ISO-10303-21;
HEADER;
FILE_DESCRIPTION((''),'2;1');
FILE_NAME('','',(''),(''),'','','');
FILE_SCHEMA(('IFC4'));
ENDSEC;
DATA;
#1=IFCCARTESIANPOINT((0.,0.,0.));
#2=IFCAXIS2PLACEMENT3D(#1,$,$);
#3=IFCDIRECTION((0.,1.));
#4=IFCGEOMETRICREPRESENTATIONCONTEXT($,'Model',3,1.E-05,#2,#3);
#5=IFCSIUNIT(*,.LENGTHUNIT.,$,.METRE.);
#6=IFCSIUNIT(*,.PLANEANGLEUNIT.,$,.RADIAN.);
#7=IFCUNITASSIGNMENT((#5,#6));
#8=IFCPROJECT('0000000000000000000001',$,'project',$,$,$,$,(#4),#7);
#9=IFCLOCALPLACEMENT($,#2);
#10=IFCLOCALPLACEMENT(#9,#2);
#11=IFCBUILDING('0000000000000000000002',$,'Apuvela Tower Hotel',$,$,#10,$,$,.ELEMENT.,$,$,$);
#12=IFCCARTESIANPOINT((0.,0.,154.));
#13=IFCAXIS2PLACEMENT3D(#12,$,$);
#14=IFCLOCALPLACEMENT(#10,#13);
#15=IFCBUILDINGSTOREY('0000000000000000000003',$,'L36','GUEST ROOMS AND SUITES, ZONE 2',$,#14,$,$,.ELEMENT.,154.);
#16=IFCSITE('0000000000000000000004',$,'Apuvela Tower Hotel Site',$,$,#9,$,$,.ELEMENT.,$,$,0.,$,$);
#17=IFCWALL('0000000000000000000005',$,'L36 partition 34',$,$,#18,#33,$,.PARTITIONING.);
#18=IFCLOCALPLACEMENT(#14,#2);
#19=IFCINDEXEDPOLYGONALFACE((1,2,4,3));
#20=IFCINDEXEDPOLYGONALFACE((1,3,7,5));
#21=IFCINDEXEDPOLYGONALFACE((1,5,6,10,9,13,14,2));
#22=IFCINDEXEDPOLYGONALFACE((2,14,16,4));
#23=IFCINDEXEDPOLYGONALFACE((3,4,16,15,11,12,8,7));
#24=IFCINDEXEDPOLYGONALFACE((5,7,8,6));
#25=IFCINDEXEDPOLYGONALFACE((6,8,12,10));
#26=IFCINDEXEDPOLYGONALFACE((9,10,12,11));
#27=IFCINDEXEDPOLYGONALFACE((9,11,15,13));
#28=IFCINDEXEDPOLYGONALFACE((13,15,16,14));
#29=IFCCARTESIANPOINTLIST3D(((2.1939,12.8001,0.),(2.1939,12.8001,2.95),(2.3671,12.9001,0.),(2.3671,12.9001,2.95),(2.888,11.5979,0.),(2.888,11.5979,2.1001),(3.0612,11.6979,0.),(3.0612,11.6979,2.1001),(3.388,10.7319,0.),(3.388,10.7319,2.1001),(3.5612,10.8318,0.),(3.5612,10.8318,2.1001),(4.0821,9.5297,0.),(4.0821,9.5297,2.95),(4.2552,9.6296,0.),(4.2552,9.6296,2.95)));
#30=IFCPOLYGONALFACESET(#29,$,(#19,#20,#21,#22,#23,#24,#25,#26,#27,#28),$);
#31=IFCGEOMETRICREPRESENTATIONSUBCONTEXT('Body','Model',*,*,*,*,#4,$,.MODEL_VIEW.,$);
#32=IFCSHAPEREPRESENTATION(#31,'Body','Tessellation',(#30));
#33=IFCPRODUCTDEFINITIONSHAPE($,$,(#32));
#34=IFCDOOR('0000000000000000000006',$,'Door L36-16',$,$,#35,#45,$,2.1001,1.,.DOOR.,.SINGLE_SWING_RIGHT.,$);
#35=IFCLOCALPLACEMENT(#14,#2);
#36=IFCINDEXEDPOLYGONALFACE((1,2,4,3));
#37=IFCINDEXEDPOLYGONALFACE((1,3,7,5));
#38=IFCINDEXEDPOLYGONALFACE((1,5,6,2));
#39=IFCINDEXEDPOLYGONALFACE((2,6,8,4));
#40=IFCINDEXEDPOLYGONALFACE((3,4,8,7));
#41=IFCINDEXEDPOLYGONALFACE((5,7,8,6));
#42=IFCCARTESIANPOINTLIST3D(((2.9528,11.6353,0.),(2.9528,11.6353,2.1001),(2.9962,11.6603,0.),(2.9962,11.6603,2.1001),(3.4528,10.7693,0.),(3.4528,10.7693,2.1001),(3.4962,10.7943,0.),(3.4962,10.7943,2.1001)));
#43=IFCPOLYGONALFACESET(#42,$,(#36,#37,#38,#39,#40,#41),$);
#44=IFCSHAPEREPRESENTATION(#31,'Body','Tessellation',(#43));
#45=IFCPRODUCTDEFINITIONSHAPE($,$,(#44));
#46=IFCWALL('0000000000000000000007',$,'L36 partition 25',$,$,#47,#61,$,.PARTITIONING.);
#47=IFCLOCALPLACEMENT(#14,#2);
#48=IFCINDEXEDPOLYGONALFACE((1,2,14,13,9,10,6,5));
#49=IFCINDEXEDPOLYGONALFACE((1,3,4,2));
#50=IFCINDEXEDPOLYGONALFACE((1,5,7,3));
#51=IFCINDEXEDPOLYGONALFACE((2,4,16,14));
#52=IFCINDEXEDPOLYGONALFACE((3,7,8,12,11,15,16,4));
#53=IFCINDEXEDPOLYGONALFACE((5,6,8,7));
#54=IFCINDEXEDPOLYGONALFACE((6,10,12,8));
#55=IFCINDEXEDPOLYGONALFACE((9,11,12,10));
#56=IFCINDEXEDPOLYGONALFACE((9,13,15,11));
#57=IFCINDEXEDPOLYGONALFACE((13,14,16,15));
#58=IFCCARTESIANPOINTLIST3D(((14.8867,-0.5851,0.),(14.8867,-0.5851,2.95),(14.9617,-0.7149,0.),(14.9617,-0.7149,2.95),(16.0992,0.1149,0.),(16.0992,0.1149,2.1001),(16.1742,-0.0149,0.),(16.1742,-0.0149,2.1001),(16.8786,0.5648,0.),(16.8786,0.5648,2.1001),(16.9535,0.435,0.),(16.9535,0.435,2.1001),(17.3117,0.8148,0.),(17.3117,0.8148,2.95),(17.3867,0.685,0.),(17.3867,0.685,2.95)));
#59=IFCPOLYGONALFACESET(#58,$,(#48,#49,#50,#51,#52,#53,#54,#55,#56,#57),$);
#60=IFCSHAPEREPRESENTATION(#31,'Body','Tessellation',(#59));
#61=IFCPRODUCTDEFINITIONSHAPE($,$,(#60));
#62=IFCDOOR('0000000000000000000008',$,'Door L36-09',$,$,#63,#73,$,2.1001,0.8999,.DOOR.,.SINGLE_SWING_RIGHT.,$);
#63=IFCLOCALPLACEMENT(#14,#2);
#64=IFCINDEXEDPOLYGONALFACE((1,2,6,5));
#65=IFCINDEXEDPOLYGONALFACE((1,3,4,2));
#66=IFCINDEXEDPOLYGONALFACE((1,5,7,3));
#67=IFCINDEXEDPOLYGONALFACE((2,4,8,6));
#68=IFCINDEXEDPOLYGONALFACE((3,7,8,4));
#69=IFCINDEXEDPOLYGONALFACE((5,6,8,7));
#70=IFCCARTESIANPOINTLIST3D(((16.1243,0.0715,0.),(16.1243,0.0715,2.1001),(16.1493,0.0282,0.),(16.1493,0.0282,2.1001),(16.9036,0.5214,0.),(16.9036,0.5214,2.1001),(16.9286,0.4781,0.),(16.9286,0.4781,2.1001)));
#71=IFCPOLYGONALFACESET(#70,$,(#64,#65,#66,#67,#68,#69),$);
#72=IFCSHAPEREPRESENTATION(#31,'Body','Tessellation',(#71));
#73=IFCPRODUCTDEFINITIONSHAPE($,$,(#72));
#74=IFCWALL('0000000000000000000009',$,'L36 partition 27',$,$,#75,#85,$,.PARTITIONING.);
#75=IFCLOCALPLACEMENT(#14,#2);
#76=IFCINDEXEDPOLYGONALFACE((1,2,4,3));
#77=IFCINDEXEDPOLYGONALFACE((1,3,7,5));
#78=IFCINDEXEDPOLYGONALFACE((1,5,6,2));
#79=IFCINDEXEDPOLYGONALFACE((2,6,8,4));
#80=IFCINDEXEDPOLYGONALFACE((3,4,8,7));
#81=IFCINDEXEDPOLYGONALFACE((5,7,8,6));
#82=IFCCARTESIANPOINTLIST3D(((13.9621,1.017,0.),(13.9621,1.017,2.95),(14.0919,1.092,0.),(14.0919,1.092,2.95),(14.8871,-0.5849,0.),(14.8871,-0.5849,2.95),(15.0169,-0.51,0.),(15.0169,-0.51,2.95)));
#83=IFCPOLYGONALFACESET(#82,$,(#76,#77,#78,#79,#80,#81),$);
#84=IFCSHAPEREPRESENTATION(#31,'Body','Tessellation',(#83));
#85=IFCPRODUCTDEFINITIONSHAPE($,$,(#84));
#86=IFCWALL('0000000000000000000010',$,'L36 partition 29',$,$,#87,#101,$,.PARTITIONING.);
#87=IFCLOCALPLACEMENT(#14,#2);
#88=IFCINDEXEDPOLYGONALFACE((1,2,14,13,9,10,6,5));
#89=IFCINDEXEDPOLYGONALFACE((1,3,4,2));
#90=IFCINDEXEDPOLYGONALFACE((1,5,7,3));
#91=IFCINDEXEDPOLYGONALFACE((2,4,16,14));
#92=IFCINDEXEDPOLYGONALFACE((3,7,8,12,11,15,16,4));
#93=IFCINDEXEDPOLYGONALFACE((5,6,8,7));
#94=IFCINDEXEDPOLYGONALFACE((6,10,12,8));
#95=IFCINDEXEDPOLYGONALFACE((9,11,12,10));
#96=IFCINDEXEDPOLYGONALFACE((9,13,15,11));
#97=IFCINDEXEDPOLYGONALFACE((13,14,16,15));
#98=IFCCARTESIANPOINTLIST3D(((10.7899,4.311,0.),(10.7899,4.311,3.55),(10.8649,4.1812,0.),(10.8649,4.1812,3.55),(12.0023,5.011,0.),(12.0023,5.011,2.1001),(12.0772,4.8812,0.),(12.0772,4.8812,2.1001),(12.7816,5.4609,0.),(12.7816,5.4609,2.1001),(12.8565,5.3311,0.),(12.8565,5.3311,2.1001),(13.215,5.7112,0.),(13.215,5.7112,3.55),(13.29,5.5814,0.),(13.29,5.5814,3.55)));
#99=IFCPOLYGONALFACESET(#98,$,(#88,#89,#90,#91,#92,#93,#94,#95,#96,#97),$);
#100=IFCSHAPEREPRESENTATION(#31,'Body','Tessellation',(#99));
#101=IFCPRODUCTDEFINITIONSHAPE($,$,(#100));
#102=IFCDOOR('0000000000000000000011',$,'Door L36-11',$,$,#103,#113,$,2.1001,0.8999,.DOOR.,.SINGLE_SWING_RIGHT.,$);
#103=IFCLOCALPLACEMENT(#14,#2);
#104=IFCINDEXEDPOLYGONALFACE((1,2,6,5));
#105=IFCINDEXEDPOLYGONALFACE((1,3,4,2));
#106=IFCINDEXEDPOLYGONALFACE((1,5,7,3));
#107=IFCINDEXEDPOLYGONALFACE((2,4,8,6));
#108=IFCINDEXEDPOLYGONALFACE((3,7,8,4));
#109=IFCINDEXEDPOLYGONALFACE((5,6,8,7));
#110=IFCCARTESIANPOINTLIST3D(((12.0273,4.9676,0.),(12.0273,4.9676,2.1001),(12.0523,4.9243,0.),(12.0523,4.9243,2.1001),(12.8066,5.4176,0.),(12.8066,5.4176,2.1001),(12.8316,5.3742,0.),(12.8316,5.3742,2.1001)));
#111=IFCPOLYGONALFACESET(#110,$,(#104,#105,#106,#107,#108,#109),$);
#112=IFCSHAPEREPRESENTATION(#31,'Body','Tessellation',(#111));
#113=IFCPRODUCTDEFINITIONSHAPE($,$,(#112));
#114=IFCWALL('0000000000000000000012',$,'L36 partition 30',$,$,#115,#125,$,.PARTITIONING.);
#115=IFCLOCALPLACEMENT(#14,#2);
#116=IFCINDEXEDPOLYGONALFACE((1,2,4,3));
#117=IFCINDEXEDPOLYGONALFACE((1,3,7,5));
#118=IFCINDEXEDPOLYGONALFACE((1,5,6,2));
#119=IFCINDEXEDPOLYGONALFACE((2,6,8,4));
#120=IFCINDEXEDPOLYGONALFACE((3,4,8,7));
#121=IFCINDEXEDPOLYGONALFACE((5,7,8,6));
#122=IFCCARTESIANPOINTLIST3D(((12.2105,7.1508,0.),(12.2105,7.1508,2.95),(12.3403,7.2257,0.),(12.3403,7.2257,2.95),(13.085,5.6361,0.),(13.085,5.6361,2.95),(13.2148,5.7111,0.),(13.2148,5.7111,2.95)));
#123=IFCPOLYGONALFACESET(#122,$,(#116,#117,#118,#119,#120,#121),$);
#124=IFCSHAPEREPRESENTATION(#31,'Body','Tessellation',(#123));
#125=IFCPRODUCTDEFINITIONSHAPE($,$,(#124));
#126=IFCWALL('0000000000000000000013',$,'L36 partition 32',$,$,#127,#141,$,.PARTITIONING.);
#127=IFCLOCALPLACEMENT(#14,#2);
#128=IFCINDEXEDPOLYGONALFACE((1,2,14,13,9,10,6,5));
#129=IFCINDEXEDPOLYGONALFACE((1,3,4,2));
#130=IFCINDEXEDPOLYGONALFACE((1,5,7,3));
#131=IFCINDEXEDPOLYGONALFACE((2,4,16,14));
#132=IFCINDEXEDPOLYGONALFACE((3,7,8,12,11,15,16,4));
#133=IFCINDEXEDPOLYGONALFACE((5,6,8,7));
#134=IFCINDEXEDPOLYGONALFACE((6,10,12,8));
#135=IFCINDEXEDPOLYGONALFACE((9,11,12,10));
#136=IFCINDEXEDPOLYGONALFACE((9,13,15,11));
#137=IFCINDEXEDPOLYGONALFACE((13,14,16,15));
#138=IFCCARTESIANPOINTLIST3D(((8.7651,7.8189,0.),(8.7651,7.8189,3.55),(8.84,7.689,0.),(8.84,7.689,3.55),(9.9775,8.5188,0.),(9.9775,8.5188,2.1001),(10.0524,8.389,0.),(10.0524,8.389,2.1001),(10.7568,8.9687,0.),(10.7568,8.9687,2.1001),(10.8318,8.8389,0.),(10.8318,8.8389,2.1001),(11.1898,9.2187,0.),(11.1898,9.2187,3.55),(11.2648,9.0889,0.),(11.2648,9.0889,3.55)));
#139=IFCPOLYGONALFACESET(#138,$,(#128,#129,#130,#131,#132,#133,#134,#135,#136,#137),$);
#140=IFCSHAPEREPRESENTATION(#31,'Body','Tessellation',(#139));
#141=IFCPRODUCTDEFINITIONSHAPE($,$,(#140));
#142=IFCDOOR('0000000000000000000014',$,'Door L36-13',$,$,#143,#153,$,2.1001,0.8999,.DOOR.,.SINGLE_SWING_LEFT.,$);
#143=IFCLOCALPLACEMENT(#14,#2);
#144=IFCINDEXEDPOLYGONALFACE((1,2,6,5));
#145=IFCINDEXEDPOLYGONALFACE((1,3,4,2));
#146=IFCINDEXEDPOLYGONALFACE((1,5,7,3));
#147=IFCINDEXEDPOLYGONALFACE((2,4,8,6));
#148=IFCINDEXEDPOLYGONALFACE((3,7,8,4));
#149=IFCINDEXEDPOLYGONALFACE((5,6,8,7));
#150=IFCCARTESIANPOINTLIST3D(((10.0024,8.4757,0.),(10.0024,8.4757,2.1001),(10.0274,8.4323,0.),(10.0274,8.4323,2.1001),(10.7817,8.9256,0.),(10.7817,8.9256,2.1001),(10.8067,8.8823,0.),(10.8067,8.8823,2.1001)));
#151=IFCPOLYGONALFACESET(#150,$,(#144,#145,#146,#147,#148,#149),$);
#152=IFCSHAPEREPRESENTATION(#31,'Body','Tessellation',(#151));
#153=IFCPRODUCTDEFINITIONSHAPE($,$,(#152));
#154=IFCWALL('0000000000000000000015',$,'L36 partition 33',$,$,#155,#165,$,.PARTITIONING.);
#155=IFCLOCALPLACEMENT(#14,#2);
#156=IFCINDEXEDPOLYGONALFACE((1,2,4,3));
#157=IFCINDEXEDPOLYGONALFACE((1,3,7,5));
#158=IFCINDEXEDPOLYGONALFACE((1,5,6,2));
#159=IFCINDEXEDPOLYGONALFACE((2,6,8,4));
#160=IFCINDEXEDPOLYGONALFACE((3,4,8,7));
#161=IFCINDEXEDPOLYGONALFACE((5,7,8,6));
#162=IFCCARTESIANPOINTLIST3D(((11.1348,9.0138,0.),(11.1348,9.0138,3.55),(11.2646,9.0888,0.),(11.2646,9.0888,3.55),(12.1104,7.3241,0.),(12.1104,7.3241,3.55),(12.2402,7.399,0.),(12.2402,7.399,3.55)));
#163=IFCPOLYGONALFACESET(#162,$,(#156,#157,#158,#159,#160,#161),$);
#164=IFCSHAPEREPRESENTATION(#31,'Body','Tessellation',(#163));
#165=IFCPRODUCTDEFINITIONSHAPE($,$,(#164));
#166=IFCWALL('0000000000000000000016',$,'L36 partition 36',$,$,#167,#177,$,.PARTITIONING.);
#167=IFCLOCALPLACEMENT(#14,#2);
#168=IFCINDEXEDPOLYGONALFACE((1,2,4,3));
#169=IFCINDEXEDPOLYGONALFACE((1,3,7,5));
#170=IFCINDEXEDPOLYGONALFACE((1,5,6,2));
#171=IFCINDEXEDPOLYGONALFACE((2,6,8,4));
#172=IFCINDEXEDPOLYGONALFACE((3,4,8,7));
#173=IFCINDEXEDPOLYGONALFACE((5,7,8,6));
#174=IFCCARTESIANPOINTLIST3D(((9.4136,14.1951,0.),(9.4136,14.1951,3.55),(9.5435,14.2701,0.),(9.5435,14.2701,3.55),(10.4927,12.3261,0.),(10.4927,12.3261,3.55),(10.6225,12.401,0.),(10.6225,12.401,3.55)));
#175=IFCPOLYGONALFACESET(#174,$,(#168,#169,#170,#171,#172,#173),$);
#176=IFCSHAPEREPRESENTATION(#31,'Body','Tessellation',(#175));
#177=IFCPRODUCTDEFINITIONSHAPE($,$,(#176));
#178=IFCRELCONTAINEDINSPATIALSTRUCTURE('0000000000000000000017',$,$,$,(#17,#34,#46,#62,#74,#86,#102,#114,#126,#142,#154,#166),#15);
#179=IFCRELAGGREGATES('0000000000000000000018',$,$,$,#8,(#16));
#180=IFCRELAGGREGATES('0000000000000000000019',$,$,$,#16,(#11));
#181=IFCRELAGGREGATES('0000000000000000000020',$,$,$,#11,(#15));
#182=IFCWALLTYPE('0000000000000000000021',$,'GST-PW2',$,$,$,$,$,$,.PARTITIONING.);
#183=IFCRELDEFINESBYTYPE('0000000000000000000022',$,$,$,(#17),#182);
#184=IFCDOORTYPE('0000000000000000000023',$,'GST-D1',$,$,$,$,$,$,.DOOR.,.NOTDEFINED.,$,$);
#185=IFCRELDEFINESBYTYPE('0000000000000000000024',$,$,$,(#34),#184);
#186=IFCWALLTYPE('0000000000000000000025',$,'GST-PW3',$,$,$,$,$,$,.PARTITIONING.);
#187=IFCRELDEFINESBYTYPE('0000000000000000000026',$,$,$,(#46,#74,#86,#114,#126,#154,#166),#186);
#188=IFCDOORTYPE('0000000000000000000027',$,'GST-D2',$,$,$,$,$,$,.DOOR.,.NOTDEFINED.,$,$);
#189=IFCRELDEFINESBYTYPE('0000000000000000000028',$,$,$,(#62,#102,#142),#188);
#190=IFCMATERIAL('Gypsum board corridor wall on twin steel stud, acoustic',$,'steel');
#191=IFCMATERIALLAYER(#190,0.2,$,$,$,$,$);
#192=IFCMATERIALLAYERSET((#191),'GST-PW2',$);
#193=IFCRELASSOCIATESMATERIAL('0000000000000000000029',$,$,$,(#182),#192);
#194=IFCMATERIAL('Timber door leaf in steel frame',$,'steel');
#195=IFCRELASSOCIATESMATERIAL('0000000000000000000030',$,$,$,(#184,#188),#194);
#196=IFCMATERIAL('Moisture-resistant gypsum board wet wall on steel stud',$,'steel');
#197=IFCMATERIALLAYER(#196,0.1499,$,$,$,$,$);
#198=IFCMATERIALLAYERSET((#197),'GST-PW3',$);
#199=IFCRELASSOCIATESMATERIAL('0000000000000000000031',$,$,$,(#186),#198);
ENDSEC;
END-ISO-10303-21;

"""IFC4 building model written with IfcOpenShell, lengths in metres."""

from ifc_helpers import new_model, si_unit, direction, frame, frame_2d, origin, place, context, subcontext, project, spatial, rectangle, extrude, material, layer, layer_set, type_object, element, fill, save


model = new_model("IFC4")

# Units and contexts
model_context = context("Model", 3, precision=1e-05, world=origin(), true_north=direction((0.0, 1.0)))
body_context = subcontext(model_context, "Body", "Model", "MODEL_VIEW")
ifc_project = project(units=[si_unit("LENGTHUNIT", "METRE"), si_unit("PLANEANGLEUNIT", "RADIAN")], contexts=[model_context])

# Site, building, storey
site_placement = place(None, origin())
site = spatial("IfcSite", under=ifc_project, at=site_placement, Name="Apuvela Tower Hotel Site", CompositionType="ELEMENT", RefElevation=0.0)
building_placement = place(site_placement, origin())
building = spatial("IfcBuilding", under=site, at=building_placement, Name="Apuvela Tower Hotel", CompositionType="ELEMENT")
storey_placement = place(building_placement, frame((0.0, 0.0, 154.0)))
storey = spatial("IfcBuildingStorey", under=building, at=storey_placement, Name="L36", Description="GUEST ROOMS AND SUITES, ZONE 2", CompositionType="ELEMENT", Elevation=154.0)

# Walls, openings, doors
ifc_material_1 = material(Name="Gypsum board corridor wall on twin steel stud, acoustic", Category="steel")
ifc_layer_1 = layer(ifc_material_1, 0.2)
ifc_layer_set_1 = layer_set([ifc_layer_1], Name="GST-PW2")
wall_type_1 = type_object("IfcWallType", Name="GST-PW2", PredefinedType="PARTITIONING", material=ifc_layer_set_1)
ifc_material_2 = material(Name="Timber door leaf in steel frame", Category="steel")
door_type_1 = type_object("IfcDoorType", Name="GST-D1", OperationType="NOTDEFINED", PredefinedType="DOOR", material=ifc_material_2)
wall_1_placement = place(storey_placement, frame((2.2805, 12.8501, 0.0), z_axis=(0.0, 0.0, 1.0), x_axis=(0.499991, -0.866031, 0.0)))
wall_1 = element("IfcWall", 1, at=wall_1_placement, inside=storey, type_object=wall_type_1, Name="L36 partition 34", PredefinedType="PARTITIONING", context=body_context, shape_type="SweptSolid", body=[
    extrude(rectangle(XDim=3.7764, YDim=0.2, at=frame_2d((1.8882, 0.0))), origin(), (0.0, 0.0, 1.0), 2.95),
])
opening_1_placement = place(wall_1_placement, frame((1.3882, 0.0, 0.0)))
opening_1 = element("IfcOpeningElement", 2, at=opening_1_placement, cuts=wall_1, PredefinedType="OPENING", context=body_context, shape_type="SweptSolid", body=[
    extrude(rectangle(XDim=1.0, YDim=2.1001, at=frame_2d((0.5, 1.05))), frame((0.0, 0.1099, 0.0), z_axis=(0.0, -1.0, 0.0), x_axis=(1.0, 0.0, 0.0)), (0.0, 0.0, 1.0), 0.22),
])
door_1_placement = place(opening_1_placement, origin())
door_1 = element("IfcDoor", 3, at=door_1_placement, inside=storey, type_object=door_type_1, Name="Door L36-16", OperationType="SINGLE_SWING_RIGHT", OverallHeight=2.1001, OverallWidth=1.0, PredefinedType="DOOR", context=body_context, shape_type="SweptSolid", body=[
    extrude(rectangle(XDim=1.0, YDim=2.1001, at=frame_2d((0.5, 1.05))), frame((0.0, 0.0249, 0.0), z_axis=(0.0, -1.0, 0.0), x_axis=(1.0, 0.0, 0.0)), (0.0, 0.0, 1.0), 0.05),
])
fill(opening_1, door_1)
ifc_material_3 = material(Name="Moisture-resistant gypsum board wet wall on steel stud", Category="steel")
ifc_layer_2 = layer(ifc_material_3, 0.1499)
ifc_layer_set_2 = layer_set([ifc_layer_2], Name="GST-PW3")
wall_type_2 = type_object("IfcWallType", Name="GST-PW3", PredefinedType="PARTITIONING", material=ifc_layer_set_2)
wall_2_placement = place(storey_placement, frame((14.9243, -0.6499, 0.0), z_axis=(0.0, 0.0, 1.0), x_axis=(0.866056, 0.499946, 0.0)))
wall_2 = element("IfcWall", 4, at=wall_2_placement, inside=storey, type_object=wall_type_2, Name="L36 partition 25", PredefinedType="PARTITIONING", context=body_context, shape_type="SweptSolid", body=[
    extrude(rectangle(XDim=2.8, YDim=0.1499, at=frame_2d((1.3999, 0.0))), origin(), (0.0, 0.0, 1.0), 2.95),
])
opening_2_placement = place(wall_2_placement, frame((1.3999, 0.0, 0.0)))
opening_2 = element("IfcOpeningElement", 5, at=opening_2_placement, cuts=wall_2, PredefinedType="OPENING", context=body_context, shape_type="SweptSolid", body=[
    extrude(rectangle(XDim=0.8999, YDim=2.1001, at=frame_2d((0.45, 1.05))), frame((0.0, 0.085, 0.0), z_axis=(0.0, -1.0, 0.0), x_axis=(1.0, 0.0, 0.0)), (0.0, 0.0, 1.0), 0.1699),
])
door_type_2 = type_object("IfcDoorType", Name="GST-D2", OperationType="NOTDEFINED", PredefinedType="DOOR", material=ifc_material_2)
door_2_placement = place(opening_2_placement, origin())
door_2 = element("IfcDoor", 6, at=door_2_placement, inside=storey, type_object=door_type_2, Name="Door L36-09", OperationType="SINGLE_SWING_RIGHT", OverallHeight=2.1001, OverallWidth=0.8999, PredefinedType="DOOR", context=body_context, shape_type="SweptSolid", body=[
    extrude(rectangle(XDim=0.8999, YDim=2.1001, at=frame_2d((0.45, 1.05))), frame((0.0, 0.0249, 0.0), z_axis=(0.0, -1.0, 0.0), x_axis=(1.0, 0.0, 0.0)), (0.0, 0.0, 1.0), 0.05),
])
fill(opening_2, door_2)

# Wall
wall_3_placement = place(storey_placement, frame((14.9519, -0.5474, 0.0), z_axis=(0.0, 0.0, 1.0), x_axis=(-0.500042, 0.866001, 0.0)))
element("IfcWall", 7, at=wall_3_placement, inside=storey, type_object=wall_type_2, Name="L36 partition 27", PredefinedType="PARTITIONING", context=body_context, shape_type="SweptSolid", body=[
    extrude(rectangle(XDim=1.8499, YDim=0.1499, at=frame_2d((0.9248, 0.0))), origin(), (0.0, 0.0, 1.0), 2.95),
])

# Wall, opening, door
wall_4_placement = place(storey_placement, frame((10.8274, 4.2461, 0.0), z_axis=(0.0, 0.0, 1.0), x_axis=(0.866019, 0.500012, 0.0)))
wall_4 = element("IfcWall", 8, at=wall_4_placement, inside=storey, type_object=wall_type_2, Name="L36 partition 29", PredefinedType="PARTITIONING", context=body_context, shape_type="SweptSolid", body=[
    extrude(rectangle(XDim=2.8003, YDim=0.1499, at=frame_2d((1.4001, 0.0))), origin(), (0.0, 0.0, 1.0), 3.55),
])
opening_3_placement = place(wall_4_placement, frame((1.3999, 0.0, 0.0)))
opening_3 = element("IfcOpeningElement", 9, at=opening_3_placement, cuts=wall_4, PredefinedType="OPENING", context=body_context, shape_type="SweptSolid", body=[
    extrude(rectangle(XDim=0.8999, YDim=2.1001, at=frame_2d((0.45, 1.05))), frame((0.0, 0.085, 0.0), z_axis=(0.0, -1.0, 0.0), x_axis=(1.0, 0.0, 0.0)), (0.0, 0.0, 1.0), 0.1699),
])
door_3_placement = place(opening_3_placement, origin())
door_3 = element("IfcDoor", 10, at=door_3_placement, inside=storey, type_object=door_type_2, Name="Door L36-11", OperationType="SINGLE_SWING_RIGHT", OverallHeight=2.1001, OverallWidth=0.8999, PredefinedType="DOOR", context=body_context, shape_type="SweptSolid", body=[
    extrude(rectangle(XDim=0.8999, YDim=2.1001, at=frame_2d((0.45, 1.05))), frame((0.0, 0.0249, 0.0), z_axis=(0.0, -1.0, 0.0), x_axis=(1.0, 0.0, 0.0)), (0.0, 0.0, 1.0), 0.05),
])
fill(opening_3, door_3)

# Wall
wall_5_placement = place(storey_placement, frame((13.1499, 5.6736, 0.0), z_axis=(0.0, 0.0, 1.0), x_axis=(-0.500012, 0.866018, 0.0)))
element("IfcWall", 11, at=wall_5_placement, inside=storey, type_object=wall_type_2, Name="L36 partition 30", PredefinedType="PARTITIONING", context=body_context, shape_type="SweptSolid", body=[
    extrude(rectangle(XDim=1.749, YDim=0.1499, at=frame_2d((0.8745, 0.0))), origin(), (0.0, 0.0, 1.0), 2.95),
])

# Wall, opening, door
wall_6_placement = place(storey_placement, frame((11.2273, 9.1538, 0.0), z_axis=(0.0, 0.0, 1.0), x_axis=(-0.866035, -0.499984, 0.0)))
wall_6 = element("IfcWall", 12, at=wall_6_placement, inside=storey, type_object=wall_type_2, Name="L36 partition 32", PredefinedType="PARTITIONING", context=body_context, shape_type="SweptSolid", body=[
    extrude(rectangle(XDim=2.7998, YDim=0.1499, at=frame_2d((1.3999, 0.0))), origin(), (0.0, 0.0, 1.0), 3.55),
])
opening_4_placement = place(wall_6_placement, frame((0.5, 0.0, 0.0)))
opening_4 = element("IfcOpeningElement", 13, at=opening_4_placement, cuts=wall_6, PredefinedType="OPENING", context=body_context, shape_type="SweptSolid", body=[
    extrude(rectangle(XDim=0.8999, YDim=2.1001, at=frame_2d((0.45, 1.05))), frame((0.0, 0.085, 0.0), z_axis=(0.0, -1.0, 0.0), x_axis=(1.0, 0.0, 0.0)), (0.0, 0.0, 1.0), 0.1699),
])
door_4_placement = place(opening_4_placement, origin())
door_4 = element("IfcDoor", 14, at=door_4_placement, inside=storey, type_object=door_type_2, Name="Door L36-13", OperationType="SINGLE_SWING_LEFT", OverallHeight=2.1001, OverallWidth=0.8999, PredefinedType="DOOR", context=body_context, shape_type="SweptSolid", body=[
    extrude(rectangle(XDim=0.8999, YDim=2.1001, at=frame_2d((0.45, 1.05))), frame((0.0, 0.0249, 0.0), z_axis=(0.0, -1.0, 0.0), x_axis=(1.0, 0.0, 0.0)), (0.0, 0.0, 1.0), 0.05),
])
fill(opening_4, door_4)

# Walls
wall_7_placement = place(storey_placement, frame((12.1753, 7.3616, 0.0), z_axis=(0.0, 0.0, 1.0), x_axis=(-0.500015, 0.866017, 0.0)))
element("IfcWall", 15, at=wall_7_placement, inside=storey, type_object=wall_type_2, Name="L36 partition 33", PredefinedType="PARTITIONING", context=body_context, shape_type="SweptSolid", body=[
    extrude(rectangle(XDim=1.9512, YDim=0.1499, at=frame_2d((0.9756, 0.0))), origin(), (0.0, 0.0, 1.0), 3.55),
])
wall_8_placement = place(storey_placement, frame((10.5576, 12.3635, 0.0), z_axis=(0.0, 0.0, 1.0), x_axis=(-0.499984, 0.866035, 0.0)))
element("IfcWall", 16, at=wall_8_placement, inside=storey, type_object=wall_type_2, Name="L36 partition 36", PredefinedType="PARTITIONING", context=body_context, shape_type="SweptSolid", body=[
    extrude(rectangle(XDim=2.1582, YDim=0.1499, at=frame_2d((1.0791, 0.0))), origin(), (0.0, 0.0, 1.0), 3.55),
])

save(model, "model.ifc")
